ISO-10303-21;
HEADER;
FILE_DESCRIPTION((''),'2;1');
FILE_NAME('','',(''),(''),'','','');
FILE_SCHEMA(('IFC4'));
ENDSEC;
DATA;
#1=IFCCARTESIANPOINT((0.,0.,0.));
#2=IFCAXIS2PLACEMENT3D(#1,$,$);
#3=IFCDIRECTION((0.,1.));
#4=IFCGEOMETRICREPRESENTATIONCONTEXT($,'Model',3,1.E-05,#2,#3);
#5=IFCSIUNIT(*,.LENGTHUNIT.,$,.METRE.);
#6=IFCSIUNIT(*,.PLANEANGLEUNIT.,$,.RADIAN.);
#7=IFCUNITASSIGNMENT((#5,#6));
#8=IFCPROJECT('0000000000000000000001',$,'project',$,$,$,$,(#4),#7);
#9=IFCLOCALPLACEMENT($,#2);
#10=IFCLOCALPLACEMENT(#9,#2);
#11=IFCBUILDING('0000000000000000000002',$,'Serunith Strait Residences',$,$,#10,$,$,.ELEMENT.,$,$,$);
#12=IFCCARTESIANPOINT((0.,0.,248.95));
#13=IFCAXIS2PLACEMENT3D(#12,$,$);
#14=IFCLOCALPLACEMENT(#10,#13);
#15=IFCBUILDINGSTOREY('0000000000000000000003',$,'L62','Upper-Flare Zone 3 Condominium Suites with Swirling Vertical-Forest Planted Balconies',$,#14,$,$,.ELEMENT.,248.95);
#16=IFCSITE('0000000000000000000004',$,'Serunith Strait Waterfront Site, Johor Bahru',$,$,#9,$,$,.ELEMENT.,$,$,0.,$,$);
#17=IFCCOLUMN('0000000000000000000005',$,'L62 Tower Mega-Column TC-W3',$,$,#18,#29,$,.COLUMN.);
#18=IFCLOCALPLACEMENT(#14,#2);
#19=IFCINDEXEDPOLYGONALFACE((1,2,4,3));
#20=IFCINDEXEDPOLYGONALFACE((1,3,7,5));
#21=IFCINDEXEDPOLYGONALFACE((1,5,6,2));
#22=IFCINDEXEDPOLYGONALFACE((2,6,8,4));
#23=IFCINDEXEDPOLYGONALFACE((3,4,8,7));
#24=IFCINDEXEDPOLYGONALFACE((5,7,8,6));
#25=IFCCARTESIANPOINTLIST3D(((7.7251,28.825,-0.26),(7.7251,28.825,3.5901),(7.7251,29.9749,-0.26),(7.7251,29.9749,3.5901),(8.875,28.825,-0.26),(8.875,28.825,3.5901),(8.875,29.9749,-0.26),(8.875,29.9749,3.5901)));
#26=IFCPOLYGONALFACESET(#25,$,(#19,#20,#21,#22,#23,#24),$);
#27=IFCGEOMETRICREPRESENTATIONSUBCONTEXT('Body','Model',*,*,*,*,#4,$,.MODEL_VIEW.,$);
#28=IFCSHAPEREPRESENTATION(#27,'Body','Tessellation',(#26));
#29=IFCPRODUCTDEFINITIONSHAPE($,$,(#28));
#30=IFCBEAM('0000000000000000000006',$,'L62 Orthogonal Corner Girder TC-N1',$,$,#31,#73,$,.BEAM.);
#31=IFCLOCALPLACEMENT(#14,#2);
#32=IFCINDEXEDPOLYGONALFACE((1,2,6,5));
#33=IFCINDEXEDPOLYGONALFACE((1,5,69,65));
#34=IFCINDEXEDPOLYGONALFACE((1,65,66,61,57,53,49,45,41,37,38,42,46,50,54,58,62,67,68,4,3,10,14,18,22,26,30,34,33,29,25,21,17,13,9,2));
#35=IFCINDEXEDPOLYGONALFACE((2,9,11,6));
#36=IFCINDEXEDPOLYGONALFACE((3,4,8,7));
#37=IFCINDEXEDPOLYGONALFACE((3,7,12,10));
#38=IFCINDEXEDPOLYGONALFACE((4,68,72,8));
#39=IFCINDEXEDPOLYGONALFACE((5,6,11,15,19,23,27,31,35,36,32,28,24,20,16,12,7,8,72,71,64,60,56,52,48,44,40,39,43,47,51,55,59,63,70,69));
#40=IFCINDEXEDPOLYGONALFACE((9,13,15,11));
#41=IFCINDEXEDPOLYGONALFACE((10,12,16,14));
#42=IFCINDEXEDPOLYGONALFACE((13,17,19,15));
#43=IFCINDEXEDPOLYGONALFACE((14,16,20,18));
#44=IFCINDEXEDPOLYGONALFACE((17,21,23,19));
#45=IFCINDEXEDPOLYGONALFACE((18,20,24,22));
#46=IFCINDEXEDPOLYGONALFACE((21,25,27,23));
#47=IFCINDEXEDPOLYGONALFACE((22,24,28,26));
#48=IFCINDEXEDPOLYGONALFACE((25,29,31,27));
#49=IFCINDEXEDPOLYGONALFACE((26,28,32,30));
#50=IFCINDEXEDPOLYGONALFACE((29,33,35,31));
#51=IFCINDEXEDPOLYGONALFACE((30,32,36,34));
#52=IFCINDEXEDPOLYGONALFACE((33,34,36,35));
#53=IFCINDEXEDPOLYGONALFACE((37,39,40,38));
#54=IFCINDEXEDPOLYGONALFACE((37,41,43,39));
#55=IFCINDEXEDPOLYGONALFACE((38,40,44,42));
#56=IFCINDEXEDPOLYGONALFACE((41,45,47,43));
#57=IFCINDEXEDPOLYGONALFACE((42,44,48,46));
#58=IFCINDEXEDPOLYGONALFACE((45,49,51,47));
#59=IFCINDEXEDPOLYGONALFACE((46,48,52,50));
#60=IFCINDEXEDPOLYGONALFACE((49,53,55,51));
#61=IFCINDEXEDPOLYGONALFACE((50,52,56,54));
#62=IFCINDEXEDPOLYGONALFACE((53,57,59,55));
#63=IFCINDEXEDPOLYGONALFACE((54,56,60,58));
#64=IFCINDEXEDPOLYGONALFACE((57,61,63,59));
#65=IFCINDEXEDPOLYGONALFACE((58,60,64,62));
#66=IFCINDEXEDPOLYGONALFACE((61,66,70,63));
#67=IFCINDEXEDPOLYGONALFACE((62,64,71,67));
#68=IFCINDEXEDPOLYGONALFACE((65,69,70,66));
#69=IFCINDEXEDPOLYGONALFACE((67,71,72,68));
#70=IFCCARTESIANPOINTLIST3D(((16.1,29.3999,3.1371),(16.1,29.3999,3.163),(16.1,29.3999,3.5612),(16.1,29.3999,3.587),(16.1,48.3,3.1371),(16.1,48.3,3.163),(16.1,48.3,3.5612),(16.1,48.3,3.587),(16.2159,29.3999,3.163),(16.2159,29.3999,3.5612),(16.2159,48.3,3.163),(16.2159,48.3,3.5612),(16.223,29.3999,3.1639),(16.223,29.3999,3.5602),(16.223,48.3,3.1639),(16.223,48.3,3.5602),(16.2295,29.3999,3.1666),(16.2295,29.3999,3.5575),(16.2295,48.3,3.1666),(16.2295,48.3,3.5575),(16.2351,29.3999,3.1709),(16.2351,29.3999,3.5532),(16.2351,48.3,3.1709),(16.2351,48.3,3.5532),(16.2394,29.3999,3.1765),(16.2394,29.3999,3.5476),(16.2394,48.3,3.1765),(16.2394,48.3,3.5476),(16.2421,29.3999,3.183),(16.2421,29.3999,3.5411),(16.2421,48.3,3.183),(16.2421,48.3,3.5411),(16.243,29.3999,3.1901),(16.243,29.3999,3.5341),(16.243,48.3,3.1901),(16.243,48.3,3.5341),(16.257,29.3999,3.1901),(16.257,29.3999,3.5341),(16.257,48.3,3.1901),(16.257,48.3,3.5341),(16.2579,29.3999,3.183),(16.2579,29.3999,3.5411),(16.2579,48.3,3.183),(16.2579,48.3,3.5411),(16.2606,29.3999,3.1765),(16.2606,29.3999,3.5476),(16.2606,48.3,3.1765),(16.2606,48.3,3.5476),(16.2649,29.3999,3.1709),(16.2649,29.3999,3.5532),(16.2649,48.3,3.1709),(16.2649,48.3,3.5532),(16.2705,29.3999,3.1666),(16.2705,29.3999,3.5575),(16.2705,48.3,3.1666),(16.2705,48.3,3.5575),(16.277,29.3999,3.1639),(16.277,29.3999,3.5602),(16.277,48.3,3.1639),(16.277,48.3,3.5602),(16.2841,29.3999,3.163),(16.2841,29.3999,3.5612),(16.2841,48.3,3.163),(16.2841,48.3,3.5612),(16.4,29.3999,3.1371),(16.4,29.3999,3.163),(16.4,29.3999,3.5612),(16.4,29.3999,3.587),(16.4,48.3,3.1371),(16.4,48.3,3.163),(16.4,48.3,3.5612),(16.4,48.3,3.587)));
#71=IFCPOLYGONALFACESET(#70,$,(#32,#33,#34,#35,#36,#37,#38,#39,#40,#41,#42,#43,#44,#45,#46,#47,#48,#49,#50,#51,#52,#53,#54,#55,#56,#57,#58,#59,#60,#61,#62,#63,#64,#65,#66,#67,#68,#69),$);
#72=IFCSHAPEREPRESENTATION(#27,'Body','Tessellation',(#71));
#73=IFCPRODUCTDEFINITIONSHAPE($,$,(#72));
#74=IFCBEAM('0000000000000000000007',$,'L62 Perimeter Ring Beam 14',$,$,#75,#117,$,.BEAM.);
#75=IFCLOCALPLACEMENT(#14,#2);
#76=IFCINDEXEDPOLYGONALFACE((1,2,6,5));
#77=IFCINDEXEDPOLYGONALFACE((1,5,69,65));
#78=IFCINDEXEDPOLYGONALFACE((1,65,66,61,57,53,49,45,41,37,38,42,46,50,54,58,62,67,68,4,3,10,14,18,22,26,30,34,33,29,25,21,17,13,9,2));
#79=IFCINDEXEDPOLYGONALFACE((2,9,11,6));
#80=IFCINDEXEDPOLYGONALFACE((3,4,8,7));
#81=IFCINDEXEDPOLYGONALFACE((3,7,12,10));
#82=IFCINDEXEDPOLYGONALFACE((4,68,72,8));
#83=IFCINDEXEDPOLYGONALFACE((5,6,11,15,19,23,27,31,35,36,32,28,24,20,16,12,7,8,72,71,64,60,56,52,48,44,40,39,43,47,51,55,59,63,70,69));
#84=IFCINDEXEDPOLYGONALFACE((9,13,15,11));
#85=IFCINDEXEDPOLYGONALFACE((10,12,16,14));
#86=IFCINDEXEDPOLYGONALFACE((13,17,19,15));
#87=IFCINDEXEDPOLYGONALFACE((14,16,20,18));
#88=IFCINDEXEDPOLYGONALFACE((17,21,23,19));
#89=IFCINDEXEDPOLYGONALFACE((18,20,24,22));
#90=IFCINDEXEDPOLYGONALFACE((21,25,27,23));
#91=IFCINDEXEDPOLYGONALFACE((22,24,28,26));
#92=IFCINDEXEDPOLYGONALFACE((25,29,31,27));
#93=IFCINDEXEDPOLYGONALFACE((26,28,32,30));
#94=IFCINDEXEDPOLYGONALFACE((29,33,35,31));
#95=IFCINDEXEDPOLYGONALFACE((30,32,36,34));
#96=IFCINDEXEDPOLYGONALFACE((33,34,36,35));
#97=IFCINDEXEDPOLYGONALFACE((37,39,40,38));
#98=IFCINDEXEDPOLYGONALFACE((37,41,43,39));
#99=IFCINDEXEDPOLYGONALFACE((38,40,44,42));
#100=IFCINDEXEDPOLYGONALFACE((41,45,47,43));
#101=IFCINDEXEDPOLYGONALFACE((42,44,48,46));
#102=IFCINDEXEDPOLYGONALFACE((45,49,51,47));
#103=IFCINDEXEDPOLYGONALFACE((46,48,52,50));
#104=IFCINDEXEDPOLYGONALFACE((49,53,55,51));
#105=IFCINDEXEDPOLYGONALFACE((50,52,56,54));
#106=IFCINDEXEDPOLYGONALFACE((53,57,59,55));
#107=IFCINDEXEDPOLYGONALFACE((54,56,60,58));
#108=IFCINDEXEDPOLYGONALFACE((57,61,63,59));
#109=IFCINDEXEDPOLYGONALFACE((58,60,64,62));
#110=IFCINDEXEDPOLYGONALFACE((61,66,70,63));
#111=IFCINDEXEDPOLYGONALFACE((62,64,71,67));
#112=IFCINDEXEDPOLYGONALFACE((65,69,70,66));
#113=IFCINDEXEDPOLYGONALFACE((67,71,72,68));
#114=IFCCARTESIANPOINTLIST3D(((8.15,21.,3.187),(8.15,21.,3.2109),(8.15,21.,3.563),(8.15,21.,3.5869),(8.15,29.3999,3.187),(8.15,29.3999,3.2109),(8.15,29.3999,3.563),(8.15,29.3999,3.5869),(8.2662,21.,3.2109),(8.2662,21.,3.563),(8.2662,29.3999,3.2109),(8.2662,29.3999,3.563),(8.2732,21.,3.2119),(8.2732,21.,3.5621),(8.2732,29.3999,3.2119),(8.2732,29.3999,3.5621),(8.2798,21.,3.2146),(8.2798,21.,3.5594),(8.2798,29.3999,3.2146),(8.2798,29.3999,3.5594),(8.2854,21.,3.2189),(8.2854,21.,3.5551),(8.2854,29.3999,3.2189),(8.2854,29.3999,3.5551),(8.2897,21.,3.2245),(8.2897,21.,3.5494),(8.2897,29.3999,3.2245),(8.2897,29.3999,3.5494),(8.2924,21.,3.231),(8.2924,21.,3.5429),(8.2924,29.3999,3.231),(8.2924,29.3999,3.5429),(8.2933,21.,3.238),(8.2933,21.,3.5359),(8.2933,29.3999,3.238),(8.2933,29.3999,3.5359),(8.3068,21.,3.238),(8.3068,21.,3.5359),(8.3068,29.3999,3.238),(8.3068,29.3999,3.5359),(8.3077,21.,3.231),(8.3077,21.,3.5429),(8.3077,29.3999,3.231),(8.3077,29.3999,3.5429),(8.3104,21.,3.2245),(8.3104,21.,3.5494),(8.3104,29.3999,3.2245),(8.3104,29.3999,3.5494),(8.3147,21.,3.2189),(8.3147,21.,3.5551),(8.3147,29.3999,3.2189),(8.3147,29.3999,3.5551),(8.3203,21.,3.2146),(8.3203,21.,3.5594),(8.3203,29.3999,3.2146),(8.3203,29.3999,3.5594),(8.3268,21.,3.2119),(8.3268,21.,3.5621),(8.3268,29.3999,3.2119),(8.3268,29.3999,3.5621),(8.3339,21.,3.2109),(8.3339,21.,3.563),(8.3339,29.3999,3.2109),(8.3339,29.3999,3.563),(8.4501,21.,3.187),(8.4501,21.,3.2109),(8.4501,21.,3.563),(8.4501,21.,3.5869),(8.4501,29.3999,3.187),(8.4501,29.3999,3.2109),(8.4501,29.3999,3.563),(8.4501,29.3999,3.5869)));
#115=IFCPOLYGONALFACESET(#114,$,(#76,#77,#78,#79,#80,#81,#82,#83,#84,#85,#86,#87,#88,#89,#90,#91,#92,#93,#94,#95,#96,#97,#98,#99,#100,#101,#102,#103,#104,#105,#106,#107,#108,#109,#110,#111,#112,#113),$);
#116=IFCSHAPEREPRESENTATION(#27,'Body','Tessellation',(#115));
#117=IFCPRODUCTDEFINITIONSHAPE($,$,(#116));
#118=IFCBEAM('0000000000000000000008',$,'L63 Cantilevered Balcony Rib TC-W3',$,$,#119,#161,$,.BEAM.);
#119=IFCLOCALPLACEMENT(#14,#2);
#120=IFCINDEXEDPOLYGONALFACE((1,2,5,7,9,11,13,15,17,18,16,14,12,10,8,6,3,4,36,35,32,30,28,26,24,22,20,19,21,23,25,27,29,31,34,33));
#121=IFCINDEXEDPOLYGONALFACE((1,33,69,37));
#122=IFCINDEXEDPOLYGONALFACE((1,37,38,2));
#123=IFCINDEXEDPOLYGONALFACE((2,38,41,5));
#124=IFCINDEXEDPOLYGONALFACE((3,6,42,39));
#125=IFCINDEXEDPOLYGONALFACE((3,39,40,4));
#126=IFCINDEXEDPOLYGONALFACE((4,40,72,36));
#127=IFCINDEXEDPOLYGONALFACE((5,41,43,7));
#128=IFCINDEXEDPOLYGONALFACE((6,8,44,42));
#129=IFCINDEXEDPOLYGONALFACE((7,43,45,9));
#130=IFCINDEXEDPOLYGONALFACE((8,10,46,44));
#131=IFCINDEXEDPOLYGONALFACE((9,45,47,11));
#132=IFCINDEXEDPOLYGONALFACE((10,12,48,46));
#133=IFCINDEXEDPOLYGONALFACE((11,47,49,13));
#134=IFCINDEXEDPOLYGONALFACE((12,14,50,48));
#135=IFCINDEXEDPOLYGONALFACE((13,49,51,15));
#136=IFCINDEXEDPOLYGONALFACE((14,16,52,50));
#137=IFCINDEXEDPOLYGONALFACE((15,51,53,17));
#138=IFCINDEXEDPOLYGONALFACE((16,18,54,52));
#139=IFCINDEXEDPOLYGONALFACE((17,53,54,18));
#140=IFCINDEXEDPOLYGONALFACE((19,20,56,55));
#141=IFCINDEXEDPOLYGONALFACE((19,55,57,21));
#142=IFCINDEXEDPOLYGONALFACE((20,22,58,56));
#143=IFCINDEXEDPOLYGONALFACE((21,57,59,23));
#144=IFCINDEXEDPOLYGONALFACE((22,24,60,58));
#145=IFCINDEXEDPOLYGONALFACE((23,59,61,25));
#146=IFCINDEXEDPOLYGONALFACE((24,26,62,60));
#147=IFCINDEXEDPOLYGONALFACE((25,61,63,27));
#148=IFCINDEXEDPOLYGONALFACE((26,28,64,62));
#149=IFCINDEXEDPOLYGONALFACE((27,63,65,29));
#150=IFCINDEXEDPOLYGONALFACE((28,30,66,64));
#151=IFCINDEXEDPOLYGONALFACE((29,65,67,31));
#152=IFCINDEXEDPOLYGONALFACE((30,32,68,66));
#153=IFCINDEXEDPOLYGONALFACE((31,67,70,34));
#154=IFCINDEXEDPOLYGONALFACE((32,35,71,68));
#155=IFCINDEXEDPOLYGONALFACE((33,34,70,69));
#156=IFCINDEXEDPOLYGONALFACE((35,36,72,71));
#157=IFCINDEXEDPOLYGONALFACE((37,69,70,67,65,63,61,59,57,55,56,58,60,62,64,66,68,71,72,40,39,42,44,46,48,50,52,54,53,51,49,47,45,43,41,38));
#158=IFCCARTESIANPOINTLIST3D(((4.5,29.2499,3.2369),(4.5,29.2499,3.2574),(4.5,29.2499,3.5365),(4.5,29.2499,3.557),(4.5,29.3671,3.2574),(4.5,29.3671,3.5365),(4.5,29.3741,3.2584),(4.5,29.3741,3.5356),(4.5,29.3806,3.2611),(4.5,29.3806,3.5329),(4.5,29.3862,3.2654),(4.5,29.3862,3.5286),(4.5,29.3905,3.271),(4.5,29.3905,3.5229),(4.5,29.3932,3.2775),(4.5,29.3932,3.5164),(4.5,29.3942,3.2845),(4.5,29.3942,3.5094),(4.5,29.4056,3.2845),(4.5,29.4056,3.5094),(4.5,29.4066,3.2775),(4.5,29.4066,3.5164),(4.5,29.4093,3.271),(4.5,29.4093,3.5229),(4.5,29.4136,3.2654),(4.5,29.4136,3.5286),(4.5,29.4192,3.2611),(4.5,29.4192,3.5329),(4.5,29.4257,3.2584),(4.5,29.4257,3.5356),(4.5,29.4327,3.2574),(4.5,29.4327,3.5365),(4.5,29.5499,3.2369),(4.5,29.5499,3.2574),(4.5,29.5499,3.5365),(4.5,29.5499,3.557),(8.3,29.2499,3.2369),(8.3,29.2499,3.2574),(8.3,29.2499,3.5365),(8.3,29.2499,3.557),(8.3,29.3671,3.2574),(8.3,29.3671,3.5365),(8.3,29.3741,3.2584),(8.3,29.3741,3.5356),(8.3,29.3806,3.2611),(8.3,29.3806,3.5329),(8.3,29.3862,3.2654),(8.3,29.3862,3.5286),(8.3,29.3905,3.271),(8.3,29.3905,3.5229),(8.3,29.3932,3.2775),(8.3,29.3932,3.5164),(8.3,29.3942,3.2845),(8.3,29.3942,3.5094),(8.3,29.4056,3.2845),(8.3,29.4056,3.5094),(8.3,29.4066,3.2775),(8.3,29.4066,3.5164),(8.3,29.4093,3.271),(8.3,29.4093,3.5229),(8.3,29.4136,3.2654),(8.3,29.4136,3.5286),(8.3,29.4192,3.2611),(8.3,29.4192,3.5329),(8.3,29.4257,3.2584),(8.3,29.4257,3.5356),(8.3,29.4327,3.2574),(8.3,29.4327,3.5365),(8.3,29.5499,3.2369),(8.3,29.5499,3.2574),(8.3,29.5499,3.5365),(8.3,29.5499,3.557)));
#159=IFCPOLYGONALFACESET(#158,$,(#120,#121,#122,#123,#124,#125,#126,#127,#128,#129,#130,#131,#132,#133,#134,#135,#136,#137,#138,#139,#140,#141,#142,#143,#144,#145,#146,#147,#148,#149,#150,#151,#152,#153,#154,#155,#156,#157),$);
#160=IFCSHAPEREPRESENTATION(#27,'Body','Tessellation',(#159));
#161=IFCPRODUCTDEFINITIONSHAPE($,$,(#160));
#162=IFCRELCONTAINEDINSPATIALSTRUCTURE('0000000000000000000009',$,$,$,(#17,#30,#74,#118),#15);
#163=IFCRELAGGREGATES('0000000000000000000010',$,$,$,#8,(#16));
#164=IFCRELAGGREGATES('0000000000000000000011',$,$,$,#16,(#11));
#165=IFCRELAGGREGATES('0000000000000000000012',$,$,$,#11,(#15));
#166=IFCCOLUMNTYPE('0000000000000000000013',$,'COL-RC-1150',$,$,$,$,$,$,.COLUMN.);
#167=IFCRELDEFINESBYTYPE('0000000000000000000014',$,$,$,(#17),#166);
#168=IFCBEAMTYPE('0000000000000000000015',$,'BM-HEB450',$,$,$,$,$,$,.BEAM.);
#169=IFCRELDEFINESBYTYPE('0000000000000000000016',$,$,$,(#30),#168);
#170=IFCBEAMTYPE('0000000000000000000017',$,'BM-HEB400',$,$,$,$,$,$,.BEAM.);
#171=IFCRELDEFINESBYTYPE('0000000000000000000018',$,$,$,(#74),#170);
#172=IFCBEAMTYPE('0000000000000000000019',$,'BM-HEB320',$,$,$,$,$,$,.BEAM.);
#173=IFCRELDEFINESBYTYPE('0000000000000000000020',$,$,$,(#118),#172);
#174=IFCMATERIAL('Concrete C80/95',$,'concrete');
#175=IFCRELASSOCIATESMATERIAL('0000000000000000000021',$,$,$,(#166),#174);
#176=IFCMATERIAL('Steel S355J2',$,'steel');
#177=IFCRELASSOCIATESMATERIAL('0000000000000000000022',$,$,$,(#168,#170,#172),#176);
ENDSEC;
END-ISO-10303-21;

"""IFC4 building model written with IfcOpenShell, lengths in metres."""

from ifc_helpers import new_model, si_unit, direction, frame, origin, origin_2d, place, context, subcontext, project, spatial, rectangle, i_section, extrude, source, transform, mapped, material, material_profile, profile_set, type_object, element, save


model = new_model("IFC4")

# Units and contexts
model_context = context("Model", 3, precision=1e-05, world=origin(), true_north=direction((0.0, 1.0)))
body_context = subcontext(model_context, "Body", "Model", "MODEL_VIEW")
ifc_project = project(units=[si_unit("LENGTHUNIT", "METRE"), si_unit("PLANEANGLEUNIT", "RADIAN")], contexts=[model_context])

# Site, building, storey
site_placement = place(None, origin())
site = spatial("IfcSite", under=ifc_project, at=site_placement, Name="Serunith Strait Waterfront Site, Johor Bahru", CompositionType="ELEMENT", RefElevation=0.0)
building_placement = place(site_placement, origin())
building = spatial("IfcBuilding", under=site, at=building_placement, Name="Serunith Strait Residences", CompositionType="ELEMENT")
storey_placement = place(building_placement, frame((0.0, 0.0, 248.95)))
storey = spatial("IfcBuildingStorey", under=building, at=storey_placement, Name="L62", Description="Upper-Flare Zone 3 Condominium Suites with Swirling Vertical-Forest Planted Balconies", CompositionType="ELEMENT", Elevation=248.95)

# Column
ifc_material_1 = material(Name="Concrete C80/95", Category="concrete")
ifc_material_profile_1 = material_profile(ifc_material_1, rectangle(XDim=1.1499, YDim=1.1499, at=origin_2d()), Name="RC 1150x1150")
ifc_profile_set_1 = profile_set([ifc_material_profile_1], Name="Concrete C80/95")
column_type = type_object("IfcColumnType", Name="COL-RC-1150", PredefinedType="COLUMN", material=ifc_profile_set_1)
shared_shape_1 = source(origin(), body_context, "Body", "SweptSolid", [
    extrude(rectangle(XDim=1.1499, YDim=1.1499, at=origin_2d()), origin(), (0.0, 0.0, 1.0), 3.8501),
])
column_placement = place(storey_placement, frame((8.3, 29.3999, -0.26), z_axis=(0.0, 0.0, 1.0), x_axis=(1.0, 0.0, 0.0)))
element("IfcColumn", 1, at=column_placement, inside=storey, type_object=column_type, Name="L62 Tower Mega-Column TC-W3", PredefinedType="COLUMN", context=body_context, shape_type="MappedRepresentation", body=[
    mapped(shared_shape_1, transform((0.0, 0.0, 0.0), scale=1.0)),
])

# Beams
ifc_material_2 = material(Name="Steel S355J2", Category="steel")
ifc_material_profile_2 = material_profile(ifc_material_2, i_section(OverallWidth=0.3, OverallDepth=0.45, WebThickness=0.0139, FlangeThickness=0.0259, FilletRadius=0.0271, at=origin_2d()), Name="HEB 450")
ifc_profile_set_2 = profile_set([ifc_material_profile_2], Name="Steel S355J2")
beam_type_1 = type_object("IfcBeamType", Name="BM-HEB450", PredefinedType="BEAM", material=ifc_profile_set_2)
shared_shape_2 = source(origin(), body_context, "Body", "SweptSolid", [
    extrude(i_section(OverallWidth=0.3, OverallDepth=0.45, WebThickness=0.0139, FlangeThickness=0.0259, FilletRadius=0.0271, at=origin_2d()), origin(), (0.0, 0.0, 1.0), 18.9001),
])
beam_1_placement = place(storey_placement, frame((16.25, 29.3999, 3.3621), z_axis=(0.0, 1.0, 0.0), x_axis=(-1.0, 0.0, 0.0)))
element("IfcBeam", 2, at=beam_1_placement, inside=storey, type_object=beam_type_1, Name="L62 Orthogonal Corner Girder TC-N1", PredefinedType="BEAM", context=body_context, shape_type="MappedRepresentation", body=[
    mapped(shared_shape_2, transform((0.0, 0.0, 0.0), scale=1.0)),
])
ifc_material_profile_3 = material_profile(ifc_material_2, i_section(OverallWidth=0.3, OverallDepth=0.3999, WebThickness=0.0134, FlangeThickness=0.0239, FilletRadius=0.0271, at=origin_2d()), Name="HEB 400")
ifc_profile_set_3 = profile_set([ifc_material_profile_3], Name="Steel S355J2")
beam_type_2 = type_object("IfcBeamType", Name="BM-HEB400", PredefinedType="BEAM", material=ifc_profile_set_3)
shared_shape_3 = source(origin(), body_context, "Body", "SweptSolid", [
    extrude(i_section(OverallWidth=0.3, OverallDepth=0.3999, WebThickness=0.0134, FlangeThickness=0.0239, FilletRadius=0.0271, at=origin_2d()), origin(), (0.0, 0.0, 1.0), 8.3999),
])
beam_2_placement = place(storey_placement, frame((8.3, 29.3999, 3.387), z_axis=(0.0, -1.0, 0.0), x_axis=(1.0, 0.0, 0.0)))
element("IfcBeam", 3, at=beam_2_placement, inside=storey, type_object=beam_type_2, Name="L62 Perimeter Ring Beam 14", PredefinedType="BEAM", context=body_context, shape_type="MappedRepresentation", body=[
    mapped(shared_shape_3, transform((0.0, 0.0, 0.0), scale=1.0)),
])
ifc_material_profile_4 = material_profile(ifc_material_2, i_section(OverallWidth=0.3, OverallDepth=0.3201, WebThickness=0.0115, FlangeThickness=0.0205, FilletRadius=0.0271, at=origin_2d()), Name="HEB 320")
ifc_profile_set_4 = profile_set([ifc_material_profile_4], Name="Steel S355J2")
beam_type_3 = type_object("IfcBeamType", Name="BM-HEB320", PredefinedType="BEAM", material=ifc_profile_set_4)
shared_shape_4 = source(origin(), body_context, "Body", "SweptSolid", [
    extrude(i_section(OverallWidth=0.3, OverallDepth=0.3201, WebThickness=0.0115, FlangeThickness=0.0205, FilletRadius=0.0271, at=origin_2d()), origin(), (0.0, 0.0, 1.0), 3.8),
])
beam_3_placement = place(storey_placement, frame((8.3, 29.3999, 3.397), z_axis=(-1.0, 0.0, 0.0), x_axis=(0.0, -1.0, 0.0)))
element("IfcBeam", 4, at=beam_3_placement, inside=storey, type_object=beam_type_3, Name="L63 Cantilevered Balcony Rib TC-W3", PredefinedType="BEAM", context=body_context, shape_type="MappedRepresentation", body=[
    mapped(shared_shape_4, transform((0.0, 0.0, 0.0), scale=1.0)),
])

save(model, "model.ifc")
